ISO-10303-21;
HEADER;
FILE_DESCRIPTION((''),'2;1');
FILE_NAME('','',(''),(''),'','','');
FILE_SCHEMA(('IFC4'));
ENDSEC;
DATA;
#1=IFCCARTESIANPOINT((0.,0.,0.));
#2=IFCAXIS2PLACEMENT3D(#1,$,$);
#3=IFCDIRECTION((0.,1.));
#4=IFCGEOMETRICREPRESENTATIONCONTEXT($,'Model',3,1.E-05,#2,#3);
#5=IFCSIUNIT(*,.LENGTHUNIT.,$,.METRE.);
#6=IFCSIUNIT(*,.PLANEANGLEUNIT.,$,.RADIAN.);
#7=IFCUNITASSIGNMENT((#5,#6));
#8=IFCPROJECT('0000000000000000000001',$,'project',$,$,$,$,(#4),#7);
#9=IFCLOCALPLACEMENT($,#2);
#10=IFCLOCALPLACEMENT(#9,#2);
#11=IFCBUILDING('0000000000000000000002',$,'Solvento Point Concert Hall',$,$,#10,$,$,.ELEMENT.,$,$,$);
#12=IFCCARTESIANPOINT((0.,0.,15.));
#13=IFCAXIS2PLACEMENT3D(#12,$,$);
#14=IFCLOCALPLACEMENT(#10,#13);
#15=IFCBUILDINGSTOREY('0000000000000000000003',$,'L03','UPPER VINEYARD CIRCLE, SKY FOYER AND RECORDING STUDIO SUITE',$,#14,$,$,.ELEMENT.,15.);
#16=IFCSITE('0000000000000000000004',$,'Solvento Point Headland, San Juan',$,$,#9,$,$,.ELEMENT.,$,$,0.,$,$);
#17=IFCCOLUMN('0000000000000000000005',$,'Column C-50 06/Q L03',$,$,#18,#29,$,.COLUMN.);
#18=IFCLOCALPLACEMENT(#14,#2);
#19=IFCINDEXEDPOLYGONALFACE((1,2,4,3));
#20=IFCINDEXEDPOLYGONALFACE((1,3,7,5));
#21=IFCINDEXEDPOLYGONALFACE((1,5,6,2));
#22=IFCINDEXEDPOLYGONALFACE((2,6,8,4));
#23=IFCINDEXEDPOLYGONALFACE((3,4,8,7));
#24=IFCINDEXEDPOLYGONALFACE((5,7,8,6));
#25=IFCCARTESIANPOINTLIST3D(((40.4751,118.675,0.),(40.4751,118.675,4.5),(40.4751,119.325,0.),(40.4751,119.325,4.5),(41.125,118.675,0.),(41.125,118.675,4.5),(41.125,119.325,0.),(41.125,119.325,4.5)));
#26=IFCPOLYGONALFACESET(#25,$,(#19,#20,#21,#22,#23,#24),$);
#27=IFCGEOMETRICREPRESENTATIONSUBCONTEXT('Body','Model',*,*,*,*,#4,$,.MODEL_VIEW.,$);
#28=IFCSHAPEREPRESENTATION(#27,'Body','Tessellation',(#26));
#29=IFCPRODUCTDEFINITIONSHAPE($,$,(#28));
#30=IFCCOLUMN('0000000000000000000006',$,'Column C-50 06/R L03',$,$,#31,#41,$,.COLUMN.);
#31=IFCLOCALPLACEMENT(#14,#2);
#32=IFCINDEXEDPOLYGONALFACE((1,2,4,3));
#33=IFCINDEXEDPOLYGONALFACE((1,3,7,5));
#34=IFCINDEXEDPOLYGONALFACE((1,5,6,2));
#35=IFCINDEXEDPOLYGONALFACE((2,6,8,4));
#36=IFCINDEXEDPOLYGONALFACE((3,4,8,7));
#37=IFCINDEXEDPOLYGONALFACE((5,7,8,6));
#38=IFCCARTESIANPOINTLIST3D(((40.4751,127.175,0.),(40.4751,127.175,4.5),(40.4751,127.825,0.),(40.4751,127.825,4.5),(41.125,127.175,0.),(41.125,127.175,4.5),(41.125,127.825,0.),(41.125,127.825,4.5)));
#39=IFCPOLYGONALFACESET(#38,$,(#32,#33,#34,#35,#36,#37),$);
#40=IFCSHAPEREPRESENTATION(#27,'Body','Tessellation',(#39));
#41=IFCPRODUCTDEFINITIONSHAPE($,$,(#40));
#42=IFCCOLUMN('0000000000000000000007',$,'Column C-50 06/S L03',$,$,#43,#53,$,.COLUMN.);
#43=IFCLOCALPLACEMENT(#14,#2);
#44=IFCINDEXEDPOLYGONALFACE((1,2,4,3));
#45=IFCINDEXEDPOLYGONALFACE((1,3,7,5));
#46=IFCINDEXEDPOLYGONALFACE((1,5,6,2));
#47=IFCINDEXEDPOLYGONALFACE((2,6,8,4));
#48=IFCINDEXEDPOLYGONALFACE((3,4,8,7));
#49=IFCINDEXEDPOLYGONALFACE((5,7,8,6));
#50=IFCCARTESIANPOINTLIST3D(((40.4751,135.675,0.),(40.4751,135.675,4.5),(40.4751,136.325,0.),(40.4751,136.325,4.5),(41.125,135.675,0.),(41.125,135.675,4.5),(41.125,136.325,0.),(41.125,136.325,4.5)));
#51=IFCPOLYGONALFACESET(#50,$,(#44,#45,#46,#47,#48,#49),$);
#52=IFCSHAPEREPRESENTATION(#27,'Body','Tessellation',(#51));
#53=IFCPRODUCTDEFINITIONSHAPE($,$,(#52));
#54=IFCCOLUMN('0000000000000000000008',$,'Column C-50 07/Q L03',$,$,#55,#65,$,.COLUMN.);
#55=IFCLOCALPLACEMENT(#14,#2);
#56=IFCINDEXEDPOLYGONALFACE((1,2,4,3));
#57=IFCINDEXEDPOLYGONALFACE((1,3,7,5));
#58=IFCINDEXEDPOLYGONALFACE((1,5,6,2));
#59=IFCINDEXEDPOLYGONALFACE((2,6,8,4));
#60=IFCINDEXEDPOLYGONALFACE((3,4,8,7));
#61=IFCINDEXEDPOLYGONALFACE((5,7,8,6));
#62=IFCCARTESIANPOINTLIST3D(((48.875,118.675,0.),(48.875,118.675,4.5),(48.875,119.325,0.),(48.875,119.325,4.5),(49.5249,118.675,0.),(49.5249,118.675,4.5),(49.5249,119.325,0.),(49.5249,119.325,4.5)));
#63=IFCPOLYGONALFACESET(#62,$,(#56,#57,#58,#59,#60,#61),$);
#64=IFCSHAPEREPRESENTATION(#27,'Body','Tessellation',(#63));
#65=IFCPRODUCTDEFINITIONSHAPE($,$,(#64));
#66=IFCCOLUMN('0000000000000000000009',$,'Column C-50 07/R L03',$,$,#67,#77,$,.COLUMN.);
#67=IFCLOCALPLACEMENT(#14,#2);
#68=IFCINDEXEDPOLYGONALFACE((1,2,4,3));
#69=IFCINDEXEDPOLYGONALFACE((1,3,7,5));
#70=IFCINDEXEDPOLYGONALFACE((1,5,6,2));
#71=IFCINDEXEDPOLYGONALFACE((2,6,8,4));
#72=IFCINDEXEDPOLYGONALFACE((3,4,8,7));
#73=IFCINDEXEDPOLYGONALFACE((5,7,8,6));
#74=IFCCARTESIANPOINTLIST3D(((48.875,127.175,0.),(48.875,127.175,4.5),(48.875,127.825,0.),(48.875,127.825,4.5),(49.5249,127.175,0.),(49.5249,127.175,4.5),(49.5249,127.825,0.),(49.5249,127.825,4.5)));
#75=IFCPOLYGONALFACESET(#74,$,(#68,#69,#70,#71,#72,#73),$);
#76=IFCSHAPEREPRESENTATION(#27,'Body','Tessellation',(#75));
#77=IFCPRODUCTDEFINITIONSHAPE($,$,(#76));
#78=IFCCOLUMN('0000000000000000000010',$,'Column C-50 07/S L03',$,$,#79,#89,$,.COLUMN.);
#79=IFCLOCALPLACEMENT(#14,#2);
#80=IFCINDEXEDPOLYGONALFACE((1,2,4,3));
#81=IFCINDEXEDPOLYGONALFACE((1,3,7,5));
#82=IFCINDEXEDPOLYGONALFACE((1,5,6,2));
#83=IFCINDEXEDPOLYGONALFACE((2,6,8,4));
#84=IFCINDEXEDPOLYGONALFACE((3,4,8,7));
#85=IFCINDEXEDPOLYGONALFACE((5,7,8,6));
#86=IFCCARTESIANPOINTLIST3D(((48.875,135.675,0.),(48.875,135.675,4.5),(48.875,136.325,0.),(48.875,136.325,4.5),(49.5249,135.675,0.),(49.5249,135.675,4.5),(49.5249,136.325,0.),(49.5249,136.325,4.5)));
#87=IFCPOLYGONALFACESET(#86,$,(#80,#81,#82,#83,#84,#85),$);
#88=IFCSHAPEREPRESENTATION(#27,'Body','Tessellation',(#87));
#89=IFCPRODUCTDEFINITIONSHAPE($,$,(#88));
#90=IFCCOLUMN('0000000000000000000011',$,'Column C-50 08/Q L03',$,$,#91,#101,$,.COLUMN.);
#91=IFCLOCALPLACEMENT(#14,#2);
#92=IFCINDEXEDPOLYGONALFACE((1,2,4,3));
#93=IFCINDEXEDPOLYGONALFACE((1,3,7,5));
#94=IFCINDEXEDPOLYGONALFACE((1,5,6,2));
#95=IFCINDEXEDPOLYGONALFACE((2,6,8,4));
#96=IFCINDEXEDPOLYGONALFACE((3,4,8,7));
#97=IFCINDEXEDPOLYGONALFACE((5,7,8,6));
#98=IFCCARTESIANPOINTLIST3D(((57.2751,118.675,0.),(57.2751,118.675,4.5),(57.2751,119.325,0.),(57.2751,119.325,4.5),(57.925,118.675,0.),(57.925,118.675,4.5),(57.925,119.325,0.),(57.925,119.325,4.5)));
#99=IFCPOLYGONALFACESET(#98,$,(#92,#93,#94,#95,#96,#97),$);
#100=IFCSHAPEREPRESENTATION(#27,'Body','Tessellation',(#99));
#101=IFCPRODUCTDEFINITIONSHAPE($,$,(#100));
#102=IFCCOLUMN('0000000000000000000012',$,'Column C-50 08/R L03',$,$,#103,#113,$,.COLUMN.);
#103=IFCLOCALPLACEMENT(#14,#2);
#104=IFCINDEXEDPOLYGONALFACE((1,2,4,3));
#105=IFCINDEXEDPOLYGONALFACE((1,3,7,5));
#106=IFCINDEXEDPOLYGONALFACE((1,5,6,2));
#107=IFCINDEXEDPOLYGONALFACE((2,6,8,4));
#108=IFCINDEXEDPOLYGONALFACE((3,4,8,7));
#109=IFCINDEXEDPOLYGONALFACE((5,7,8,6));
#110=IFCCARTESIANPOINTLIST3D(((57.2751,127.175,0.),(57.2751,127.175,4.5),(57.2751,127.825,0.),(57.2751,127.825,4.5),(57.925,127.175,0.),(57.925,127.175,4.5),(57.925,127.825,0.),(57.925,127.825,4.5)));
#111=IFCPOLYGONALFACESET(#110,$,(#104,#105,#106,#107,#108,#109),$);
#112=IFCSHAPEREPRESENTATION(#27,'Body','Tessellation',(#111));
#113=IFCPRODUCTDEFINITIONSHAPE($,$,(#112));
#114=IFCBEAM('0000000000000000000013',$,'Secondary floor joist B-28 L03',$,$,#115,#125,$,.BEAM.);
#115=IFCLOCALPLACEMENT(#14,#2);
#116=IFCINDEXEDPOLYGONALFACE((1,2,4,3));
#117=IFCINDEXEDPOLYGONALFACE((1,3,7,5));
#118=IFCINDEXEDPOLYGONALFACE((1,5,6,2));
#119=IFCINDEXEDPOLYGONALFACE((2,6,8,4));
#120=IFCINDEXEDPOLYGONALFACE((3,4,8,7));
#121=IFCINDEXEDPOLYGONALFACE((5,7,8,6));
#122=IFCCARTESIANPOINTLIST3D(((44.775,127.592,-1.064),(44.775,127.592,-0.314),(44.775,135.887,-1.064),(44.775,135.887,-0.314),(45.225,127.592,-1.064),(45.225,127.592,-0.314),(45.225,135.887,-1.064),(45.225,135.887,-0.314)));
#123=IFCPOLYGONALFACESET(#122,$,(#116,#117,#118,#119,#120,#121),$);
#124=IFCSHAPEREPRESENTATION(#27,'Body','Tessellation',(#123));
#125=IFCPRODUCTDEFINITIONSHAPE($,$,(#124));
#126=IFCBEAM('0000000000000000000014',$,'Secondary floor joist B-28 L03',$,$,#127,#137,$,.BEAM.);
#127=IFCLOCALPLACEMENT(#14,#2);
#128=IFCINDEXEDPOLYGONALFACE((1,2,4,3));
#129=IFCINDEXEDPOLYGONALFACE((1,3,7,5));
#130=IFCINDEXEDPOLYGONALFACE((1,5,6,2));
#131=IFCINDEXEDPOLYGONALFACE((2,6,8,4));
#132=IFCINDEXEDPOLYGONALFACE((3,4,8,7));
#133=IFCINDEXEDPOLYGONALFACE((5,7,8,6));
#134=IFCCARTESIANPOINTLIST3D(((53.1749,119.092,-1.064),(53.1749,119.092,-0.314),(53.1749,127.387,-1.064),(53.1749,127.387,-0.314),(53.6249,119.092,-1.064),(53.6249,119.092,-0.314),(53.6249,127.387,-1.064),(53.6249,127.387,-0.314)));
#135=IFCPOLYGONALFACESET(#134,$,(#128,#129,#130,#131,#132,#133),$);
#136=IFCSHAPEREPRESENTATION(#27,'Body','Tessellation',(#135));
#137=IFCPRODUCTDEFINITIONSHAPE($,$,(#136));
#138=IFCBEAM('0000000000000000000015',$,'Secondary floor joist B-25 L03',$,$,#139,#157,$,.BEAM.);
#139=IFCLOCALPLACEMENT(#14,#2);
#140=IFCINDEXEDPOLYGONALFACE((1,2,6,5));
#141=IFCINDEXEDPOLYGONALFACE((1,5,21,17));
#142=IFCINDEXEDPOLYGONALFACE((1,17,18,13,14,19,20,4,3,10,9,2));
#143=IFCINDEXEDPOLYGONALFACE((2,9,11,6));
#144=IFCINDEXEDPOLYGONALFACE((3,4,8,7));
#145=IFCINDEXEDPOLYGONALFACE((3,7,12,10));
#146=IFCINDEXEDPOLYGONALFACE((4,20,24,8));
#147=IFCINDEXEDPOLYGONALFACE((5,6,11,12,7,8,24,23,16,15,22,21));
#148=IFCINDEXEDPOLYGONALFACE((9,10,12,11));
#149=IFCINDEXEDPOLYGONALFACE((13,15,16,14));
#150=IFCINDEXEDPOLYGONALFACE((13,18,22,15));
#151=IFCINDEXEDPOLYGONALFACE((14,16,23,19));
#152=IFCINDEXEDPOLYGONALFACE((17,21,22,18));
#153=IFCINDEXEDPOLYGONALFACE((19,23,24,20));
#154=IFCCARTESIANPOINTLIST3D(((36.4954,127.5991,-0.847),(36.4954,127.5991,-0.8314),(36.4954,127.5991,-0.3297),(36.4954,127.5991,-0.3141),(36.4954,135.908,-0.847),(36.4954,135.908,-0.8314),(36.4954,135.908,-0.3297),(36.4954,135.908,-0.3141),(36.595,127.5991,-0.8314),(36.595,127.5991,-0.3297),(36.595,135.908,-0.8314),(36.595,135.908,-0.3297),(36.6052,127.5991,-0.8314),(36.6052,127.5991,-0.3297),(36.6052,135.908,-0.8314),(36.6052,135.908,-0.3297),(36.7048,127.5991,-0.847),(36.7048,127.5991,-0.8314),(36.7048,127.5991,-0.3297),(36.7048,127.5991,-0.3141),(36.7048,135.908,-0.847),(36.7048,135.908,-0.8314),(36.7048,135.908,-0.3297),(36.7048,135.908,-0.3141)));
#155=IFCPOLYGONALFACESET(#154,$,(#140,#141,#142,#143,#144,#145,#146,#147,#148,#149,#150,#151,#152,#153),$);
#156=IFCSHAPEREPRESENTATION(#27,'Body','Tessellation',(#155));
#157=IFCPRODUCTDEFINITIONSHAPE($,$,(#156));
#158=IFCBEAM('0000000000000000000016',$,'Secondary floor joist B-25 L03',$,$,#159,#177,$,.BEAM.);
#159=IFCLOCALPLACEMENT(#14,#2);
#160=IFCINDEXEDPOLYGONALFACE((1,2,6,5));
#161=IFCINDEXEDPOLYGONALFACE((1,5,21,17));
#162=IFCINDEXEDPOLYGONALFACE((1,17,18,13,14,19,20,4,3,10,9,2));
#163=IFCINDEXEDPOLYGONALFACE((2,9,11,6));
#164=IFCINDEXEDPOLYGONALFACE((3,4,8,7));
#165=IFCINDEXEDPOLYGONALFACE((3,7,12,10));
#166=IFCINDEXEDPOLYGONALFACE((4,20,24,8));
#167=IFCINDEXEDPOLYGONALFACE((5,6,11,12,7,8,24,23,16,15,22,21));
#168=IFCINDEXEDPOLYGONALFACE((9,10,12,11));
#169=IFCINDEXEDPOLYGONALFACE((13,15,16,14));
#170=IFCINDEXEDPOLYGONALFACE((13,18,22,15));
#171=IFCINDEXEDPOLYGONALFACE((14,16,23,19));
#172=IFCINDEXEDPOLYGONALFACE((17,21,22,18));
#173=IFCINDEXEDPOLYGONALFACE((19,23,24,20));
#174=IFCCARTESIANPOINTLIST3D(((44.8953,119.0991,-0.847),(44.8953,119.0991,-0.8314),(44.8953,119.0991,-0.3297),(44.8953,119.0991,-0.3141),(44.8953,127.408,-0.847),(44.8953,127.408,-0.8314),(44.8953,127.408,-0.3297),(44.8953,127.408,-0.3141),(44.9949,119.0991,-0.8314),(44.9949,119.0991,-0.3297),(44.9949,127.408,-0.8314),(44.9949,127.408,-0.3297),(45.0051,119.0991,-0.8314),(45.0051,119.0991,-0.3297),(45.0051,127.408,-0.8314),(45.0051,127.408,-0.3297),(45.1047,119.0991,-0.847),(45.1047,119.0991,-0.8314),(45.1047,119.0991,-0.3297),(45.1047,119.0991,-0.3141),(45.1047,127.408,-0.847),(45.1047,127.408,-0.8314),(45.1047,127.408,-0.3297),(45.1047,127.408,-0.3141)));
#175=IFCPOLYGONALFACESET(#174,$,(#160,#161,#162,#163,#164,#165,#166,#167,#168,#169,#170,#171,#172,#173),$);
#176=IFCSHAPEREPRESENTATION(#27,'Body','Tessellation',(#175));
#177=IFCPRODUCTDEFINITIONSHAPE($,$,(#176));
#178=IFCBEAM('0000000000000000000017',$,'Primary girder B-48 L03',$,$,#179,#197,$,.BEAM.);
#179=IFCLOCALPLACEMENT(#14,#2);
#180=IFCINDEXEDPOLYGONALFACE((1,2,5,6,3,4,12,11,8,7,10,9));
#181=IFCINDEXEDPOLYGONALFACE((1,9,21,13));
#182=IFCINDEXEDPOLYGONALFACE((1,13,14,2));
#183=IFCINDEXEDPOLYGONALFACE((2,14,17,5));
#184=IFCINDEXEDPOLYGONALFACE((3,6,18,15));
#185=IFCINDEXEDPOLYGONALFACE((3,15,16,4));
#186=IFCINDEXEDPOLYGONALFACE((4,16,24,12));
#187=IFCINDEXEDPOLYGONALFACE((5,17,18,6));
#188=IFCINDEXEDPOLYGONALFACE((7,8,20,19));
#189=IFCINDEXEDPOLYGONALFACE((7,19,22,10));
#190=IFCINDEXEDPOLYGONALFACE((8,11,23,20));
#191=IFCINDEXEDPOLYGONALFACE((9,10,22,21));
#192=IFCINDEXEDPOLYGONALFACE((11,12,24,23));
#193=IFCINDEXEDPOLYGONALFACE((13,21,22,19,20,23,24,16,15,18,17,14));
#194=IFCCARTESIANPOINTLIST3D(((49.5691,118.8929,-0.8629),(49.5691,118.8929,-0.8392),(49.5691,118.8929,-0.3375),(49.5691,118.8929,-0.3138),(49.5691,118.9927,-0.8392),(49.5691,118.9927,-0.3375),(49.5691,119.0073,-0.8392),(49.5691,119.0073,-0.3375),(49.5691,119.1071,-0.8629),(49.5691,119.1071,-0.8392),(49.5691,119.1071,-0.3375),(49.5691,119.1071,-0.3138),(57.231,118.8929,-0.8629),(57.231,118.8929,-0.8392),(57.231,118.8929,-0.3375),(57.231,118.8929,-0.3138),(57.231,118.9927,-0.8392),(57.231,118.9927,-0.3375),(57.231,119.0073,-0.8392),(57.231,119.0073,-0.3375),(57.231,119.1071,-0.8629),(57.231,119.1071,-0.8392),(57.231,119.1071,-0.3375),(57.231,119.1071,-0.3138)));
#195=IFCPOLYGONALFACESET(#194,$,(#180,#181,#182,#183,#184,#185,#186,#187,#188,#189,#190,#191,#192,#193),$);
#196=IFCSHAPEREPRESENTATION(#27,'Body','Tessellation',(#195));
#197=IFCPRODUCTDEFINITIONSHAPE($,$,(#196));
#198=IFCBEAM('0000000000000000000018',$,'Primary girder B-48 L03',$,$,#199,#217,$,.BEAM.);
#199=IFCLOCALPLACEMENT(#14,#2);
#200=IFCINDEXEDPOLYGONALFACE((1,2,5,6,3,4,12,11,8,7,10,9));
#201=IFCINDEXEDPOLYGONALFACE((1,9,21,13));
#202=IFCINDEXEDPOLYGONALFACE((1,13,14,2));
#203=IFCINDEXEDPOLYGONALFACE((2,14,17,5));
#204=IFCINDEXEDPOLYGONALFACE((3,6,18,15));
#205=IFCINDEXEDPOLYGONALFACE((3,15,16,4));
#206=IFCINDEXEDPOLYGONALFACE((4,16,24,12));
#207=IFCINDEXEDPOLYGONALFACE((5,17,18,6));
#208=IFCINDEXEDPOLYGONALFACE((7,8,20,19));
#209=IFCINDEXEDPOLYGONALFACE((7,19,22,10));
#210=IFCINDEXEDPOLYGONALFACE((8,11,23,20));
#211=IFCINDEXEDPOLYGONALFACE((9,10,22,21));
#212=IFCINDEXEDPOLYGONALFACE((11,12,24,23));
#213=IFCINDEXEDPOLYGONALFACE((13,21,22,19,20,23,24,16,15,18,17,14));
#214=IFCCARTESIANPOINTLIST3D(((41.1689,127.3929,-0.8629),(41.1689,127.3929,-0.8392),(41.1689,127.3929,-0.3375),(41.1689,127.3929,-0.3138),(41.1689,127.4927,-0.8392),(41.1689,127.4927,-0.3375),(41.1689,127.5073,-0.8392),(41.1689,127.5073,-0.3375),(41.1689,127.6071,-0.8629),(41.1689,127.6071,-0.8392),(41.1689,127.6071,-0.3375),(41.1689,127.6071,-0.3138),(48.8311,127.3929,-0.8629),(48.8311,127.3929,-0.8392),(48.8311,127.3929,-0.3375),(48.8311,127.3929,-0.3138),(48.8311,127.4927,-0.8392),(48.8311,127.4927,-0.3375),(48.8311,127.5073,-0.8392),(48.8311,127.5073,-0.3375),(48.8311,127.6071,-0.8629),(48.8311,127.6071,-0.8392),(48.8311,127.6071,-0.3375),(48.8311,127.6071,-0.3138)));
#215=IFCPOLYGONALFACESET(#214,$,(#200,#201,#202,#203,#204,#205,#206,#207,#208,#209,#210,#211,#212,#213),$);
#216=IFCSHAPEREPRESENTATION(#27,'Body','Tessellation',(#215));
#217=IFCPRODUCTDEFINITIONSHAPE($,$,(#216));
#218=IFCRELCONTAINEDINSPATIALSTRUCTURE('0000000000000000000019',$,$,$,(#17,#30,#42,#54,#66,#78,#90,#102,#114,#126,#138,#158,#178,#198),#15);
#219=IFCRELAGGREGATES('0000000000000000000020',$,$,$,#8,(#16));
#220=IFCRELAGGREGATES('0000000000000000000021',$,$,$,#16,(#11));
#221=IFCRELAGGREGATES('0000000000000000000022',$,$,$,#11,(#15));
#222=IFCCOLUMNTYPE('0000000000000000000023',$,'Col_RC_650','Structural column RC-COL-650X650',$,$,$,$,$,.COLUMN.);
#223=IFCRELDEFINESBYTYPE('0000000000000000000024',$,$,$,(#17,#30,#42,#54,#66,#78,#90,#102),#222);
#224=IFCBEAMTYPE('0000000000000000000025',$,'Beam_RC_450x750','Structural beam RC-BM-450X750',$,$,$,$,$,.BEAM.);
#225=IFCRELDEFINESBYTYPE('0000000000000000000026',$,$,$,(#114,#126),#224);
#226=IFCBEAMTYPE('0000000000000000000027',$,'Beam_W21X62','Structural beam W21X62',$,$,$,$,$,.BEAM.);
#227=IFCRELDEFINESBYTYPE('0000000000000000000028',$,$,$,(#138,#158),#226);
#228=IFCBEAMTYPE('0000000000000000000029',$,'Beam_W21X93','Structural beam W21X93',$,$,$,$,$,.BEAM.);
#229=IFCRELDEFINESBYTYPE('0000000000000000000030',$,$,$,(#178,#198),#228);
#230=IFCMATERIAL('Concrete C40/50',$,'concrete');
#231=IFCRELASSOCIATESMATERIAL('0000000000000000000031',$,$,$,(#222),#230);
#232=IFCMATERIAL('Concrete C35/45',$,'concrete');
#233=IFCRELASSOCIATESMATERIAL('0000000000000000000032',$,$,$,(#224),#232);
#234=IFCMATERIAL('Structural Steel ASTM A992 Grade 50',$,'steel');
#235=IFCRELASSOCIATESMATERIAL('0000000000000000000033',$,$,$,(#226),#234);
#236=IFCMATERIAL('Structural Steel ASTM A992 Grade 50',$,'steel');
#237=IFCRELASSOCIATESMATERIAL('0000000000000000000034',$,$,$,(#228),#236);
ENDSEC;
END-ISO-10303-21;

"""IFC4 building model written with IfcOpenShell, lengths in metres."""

from ifc_helpers import new_model, si_unit, direction, frame, origin, origin_2d, place, context, subcontext, project, spatial, rectangle, i_section, extrude, material, material_profile, profile_set, type_object, element, save


model = new_model("IFC4")

# Units and contexts
model_context = context("Model", 3, precision=1e-05, world=origin(), true_north=direction((0.0, 1.0)))
body_context = subcontext(model_context, "Body", "Model", "MODEL_VIEW")
ifc_project = project(units=[si_unit("LENGTHUNIT", "METRE"), si_unit("PLANEANGLEUNIT", "RADIAN")], contexts=[model_context])

# Site, building, storey
site_placement = place(None, origin())
site = spatial("IfcSite", under=ifc_project, at=site_placement, Name="Solvento Point Headland, San Juan", CompositionType="ELEMENT", RefElevation=0.0)
building_placement = place(site_placement, origin())
building = spatial("IfcBuilding", under=site, at=building_placement, Name="Solvento Point Concert Hall", CompositionType="ELEMENT")
storey_placement = place(building_placement, frame((0.0, 0.0, 15.0)))
storey = spatial("IfcBuildingStorey", under=building, at=storey_placement, Name="L03", Description="UPPER VINEYARD CIRCLE, SKY FOYER AND RECORDING STUDIO SUITE", CompositionType="ELEMENT", Elevation=15.0)

# Columns
ifc_material_1 = material(Name="Concrete C40/50", Category="concrete")
ifc_material_profile_1 = material_profile(ifc_material_1, rectangle(XDim=0.6499, YDim=0.6499, at=origin_2d()), Name="RC-COL-650X650")
ifc_profile_set_1 = profile_set([ifc_material_profile_1], Name="Concrete C40/50")
column_type = type_object("IfcColumnType", Name="Col_RC_650", Description="Structural column RC-COL-650X650", PredefinedType="COLUMN", material=ifc_profile_set_1)
for number, where, z_axis, x_axis, name in (
    (1, (40.8, 119.0, 0.0), (0.0, 0.0, 1.0), (1.0, 0.0, 0.0), "Column C-50 06/Q L03"),
    (2, (40.8, 127.5, 0.0), (0.0, 0.0, 1.0), (1.0, 0.0, 0.0), "Column C-50 06/R L03"),
    (3, (40.8, 136.0, 0.0), (0.0, 0.0, 1.0), (1.0, 0.0, 0.0), "Column C-50 06/S L03"),
    (4, (49.2, 119.0, 0.0), (0.0, 0.0, 1.0), (1.0, 0.0, 0.0), "Column C-50 07/Q L03"),
    (5, (49.2, 127.5, 0.0), (0.0, 0.0, 1.0), (1.0, 0.0, 0.0), "Column C-50 07/R L03"),
    (6, (49.2, 136.0, 0.0), (0.0, 0.0, 1.0), (1.0, 0.0, 0.0), "Column C-50 07/S L03"),
    (7, (57.6001, 119.0, 0.0), (0.0, 0.0, 1.0), (1.0, 0.0, 0.0), "Column C-50 08/Q L03"),
    (8, (57.6001, 127.5, 0.0), (0.0, 0.0, 1.0), (1.0, 0.0, 0.0), "Column C-50 08/R L03"),
):
    element("IfcColumn", number, at=place(storey_placement, frame(where, z_axis=z_axis, x_axis=x_axis)), inside=storey, type_object=column_type, Name=name, PredefinedType="COLUMN", context=body_context, shape_type="SweptSolid", body=[
        extrude(rectangle(XDim=0.6499, YDim=0.6499, at=origin_2d()), origin(), (0.0, 0.0, 1.0), 4.5),
    ])

# Beams
ifc_material_2 = material(Name="Concrete C35/45", Category="concrete")
ifc_material_profile_2 = material_profile(ifc_material_2, rectangle(XDim=0.45, YDim=0.75, at=origin_2d()), Name="RC-BM-450X750")
ifc_profile_set_2 = profile_set([ifc_material_profile_2], Name="Concrete C35/45")
beam_type_1 = type_object("IfcBeamType", Name="Beam_RC_450x750", Description="Structural beam RC-BM-450X750", PredefinedType="BEAM", material=ifc_profile_set_2)
for number, where, z_axis, x_axis, name in (
    (9, (45.0, 127.592, -0.689), (0.0, 1.0, 0.0), (-1.0, 0.0, 0.0), "Secondary floor joist B-28 L03"),
    (10, (53.3999, 119.092, -0.689), (0.0, 1.0, 0.0), (-1.0, 0.0, 0.0), "Secondary floor joist B-28 L03"),
):
    element("IfcBeam", number, at=place(storey_placement, frame(where, z_axis=z_axis, x_axis=x_axis)), inside=storey, type_object=beam_type_1, Name=name, PredefinedType="BEAM", context=body_context, shape_type="SweptSolid", body=[
        extrude(rectangle(XDim=0.45, YDim=0.75, at=origin_2d()), origin(), (0.0, 0.0, 1.0), 8.2949),
    ])
ifc_material_3 = material(Name="Structural Steel ASTM A992 Grade 50", Category="steel")
ifc_material_profile_3 = material_profile(ifc_material_3, i_section(OverallWidth=0.2095, OverallDepth=0.533, WebThickness=0.0103, FlangeThickness=0.0156, at=origin_2d()), Name="W21X62")
ifc_profile_set_3 = profile_set([ifc_material_profile_3], Name="Structural Steel ASTM A992 Grade 50")
beam_type_2 = type_object("IfcBeamType", Name="Beam_W21X62", Description="Structural beam W21X62", PredefinedType="BEAM", material=ifc_profile_set_3)
for number, where, z_axis, x_axis, name in (
    (11, (36.6001, 127.5991, -0.5806), (0.0, 1.0, 0.0), (-1.0, 0.0, 0.0), "Secondary floor joist B-25 L03"),
    (12, (45.0, 119.0991, -0.5806), (0.0, 1.0, 0.0), (-1.0, 0.0, 0.0), "Secondary floor joist B-25 L03"),
):
    element("IfcBeam", number, at=place(storey_placement, frame(where, z_axis=z_axis, x_axis=x_axis)), inside=storey, type_object=beam_type_2, Name=name, PredefinedType="BEAM", context=body_context, shape_type="SweptSolid", body=[
        extrude(i_section(OverallWidth=0.2095, OverallDepth=0.533, WebThickness=0.0103, FlangeThickness=0.0156, at=origin_2d()), origin(), (0.0, 0.0, 1.0), 8.3088),
    ])
ifc_material_4 = material(Name="Structural Steel ASTM A992 Grade 50", Category="steel")
ifc_material_profile_4 = material_profile(ifc_material_4, i_section(OverallWidth=0.2141, OverallDepth=0.5491, WebThickness=0.0146, FlangeThickness=0.0237, at=origin_2d()), Name="W21X93")
ifc_profile_set_4 = profile_set([ifc_material_profile_4], Name="Structural Steel ASTM A992 Grade 50")
beam_type_3 = type_object("IfcBeamType", Name="Beam_W21X93", Description="Structural beam W21X93", PredefinedType="BEAM", material=ifc_profile_set_4)
beam_1_placement = place(storey_placement, frame((49.5691, 119.0, -0.5884), z_axis=(1.0, 0.0, 0.0), x_axis=(0.0, 1.0, 0.0)))
element("IfcBeam", 13, at=beam_1_placement, inside=storey, type_object=beam_type_3, Name="Primary girder B-48 L03", PredefinedType="BEAM", context=body_context, shape_type="SweptSolid", body=[
    extrude(i_section(OverallWidth=0.2141, OverallDepth=0.5491, WebThickness=0.0146, FlangeThickness=0.0237, at=origin_2d()), origin(), (0.0, 0.0, 1.0), 7.6619),
])
beam_2_placement = place(storey_placement, frame((41.1689, 127.5, -0.5884), z_axis=(1.0, 0.0, 0.0), x_axis=(0.0, 1.0, 0.0)))
element("IfcBeam", 14, at=beam_2_placement, inside=storey, type_object=beam_type_3, Name="Primary girder B-48 L03", PredefinedType="BEAM", context=body_context, shape_type="SweptSolid", body=[
    extrude(i_section(OverallWidth=0.2141, OverallDepth=0.5491, WebThickness=0.0146, FlangeThickness=0.0237, at=origin_2d()), origin(), (0.0, 0.0, 1.0), 7.6621),
])

save(model, "model.ifc")
